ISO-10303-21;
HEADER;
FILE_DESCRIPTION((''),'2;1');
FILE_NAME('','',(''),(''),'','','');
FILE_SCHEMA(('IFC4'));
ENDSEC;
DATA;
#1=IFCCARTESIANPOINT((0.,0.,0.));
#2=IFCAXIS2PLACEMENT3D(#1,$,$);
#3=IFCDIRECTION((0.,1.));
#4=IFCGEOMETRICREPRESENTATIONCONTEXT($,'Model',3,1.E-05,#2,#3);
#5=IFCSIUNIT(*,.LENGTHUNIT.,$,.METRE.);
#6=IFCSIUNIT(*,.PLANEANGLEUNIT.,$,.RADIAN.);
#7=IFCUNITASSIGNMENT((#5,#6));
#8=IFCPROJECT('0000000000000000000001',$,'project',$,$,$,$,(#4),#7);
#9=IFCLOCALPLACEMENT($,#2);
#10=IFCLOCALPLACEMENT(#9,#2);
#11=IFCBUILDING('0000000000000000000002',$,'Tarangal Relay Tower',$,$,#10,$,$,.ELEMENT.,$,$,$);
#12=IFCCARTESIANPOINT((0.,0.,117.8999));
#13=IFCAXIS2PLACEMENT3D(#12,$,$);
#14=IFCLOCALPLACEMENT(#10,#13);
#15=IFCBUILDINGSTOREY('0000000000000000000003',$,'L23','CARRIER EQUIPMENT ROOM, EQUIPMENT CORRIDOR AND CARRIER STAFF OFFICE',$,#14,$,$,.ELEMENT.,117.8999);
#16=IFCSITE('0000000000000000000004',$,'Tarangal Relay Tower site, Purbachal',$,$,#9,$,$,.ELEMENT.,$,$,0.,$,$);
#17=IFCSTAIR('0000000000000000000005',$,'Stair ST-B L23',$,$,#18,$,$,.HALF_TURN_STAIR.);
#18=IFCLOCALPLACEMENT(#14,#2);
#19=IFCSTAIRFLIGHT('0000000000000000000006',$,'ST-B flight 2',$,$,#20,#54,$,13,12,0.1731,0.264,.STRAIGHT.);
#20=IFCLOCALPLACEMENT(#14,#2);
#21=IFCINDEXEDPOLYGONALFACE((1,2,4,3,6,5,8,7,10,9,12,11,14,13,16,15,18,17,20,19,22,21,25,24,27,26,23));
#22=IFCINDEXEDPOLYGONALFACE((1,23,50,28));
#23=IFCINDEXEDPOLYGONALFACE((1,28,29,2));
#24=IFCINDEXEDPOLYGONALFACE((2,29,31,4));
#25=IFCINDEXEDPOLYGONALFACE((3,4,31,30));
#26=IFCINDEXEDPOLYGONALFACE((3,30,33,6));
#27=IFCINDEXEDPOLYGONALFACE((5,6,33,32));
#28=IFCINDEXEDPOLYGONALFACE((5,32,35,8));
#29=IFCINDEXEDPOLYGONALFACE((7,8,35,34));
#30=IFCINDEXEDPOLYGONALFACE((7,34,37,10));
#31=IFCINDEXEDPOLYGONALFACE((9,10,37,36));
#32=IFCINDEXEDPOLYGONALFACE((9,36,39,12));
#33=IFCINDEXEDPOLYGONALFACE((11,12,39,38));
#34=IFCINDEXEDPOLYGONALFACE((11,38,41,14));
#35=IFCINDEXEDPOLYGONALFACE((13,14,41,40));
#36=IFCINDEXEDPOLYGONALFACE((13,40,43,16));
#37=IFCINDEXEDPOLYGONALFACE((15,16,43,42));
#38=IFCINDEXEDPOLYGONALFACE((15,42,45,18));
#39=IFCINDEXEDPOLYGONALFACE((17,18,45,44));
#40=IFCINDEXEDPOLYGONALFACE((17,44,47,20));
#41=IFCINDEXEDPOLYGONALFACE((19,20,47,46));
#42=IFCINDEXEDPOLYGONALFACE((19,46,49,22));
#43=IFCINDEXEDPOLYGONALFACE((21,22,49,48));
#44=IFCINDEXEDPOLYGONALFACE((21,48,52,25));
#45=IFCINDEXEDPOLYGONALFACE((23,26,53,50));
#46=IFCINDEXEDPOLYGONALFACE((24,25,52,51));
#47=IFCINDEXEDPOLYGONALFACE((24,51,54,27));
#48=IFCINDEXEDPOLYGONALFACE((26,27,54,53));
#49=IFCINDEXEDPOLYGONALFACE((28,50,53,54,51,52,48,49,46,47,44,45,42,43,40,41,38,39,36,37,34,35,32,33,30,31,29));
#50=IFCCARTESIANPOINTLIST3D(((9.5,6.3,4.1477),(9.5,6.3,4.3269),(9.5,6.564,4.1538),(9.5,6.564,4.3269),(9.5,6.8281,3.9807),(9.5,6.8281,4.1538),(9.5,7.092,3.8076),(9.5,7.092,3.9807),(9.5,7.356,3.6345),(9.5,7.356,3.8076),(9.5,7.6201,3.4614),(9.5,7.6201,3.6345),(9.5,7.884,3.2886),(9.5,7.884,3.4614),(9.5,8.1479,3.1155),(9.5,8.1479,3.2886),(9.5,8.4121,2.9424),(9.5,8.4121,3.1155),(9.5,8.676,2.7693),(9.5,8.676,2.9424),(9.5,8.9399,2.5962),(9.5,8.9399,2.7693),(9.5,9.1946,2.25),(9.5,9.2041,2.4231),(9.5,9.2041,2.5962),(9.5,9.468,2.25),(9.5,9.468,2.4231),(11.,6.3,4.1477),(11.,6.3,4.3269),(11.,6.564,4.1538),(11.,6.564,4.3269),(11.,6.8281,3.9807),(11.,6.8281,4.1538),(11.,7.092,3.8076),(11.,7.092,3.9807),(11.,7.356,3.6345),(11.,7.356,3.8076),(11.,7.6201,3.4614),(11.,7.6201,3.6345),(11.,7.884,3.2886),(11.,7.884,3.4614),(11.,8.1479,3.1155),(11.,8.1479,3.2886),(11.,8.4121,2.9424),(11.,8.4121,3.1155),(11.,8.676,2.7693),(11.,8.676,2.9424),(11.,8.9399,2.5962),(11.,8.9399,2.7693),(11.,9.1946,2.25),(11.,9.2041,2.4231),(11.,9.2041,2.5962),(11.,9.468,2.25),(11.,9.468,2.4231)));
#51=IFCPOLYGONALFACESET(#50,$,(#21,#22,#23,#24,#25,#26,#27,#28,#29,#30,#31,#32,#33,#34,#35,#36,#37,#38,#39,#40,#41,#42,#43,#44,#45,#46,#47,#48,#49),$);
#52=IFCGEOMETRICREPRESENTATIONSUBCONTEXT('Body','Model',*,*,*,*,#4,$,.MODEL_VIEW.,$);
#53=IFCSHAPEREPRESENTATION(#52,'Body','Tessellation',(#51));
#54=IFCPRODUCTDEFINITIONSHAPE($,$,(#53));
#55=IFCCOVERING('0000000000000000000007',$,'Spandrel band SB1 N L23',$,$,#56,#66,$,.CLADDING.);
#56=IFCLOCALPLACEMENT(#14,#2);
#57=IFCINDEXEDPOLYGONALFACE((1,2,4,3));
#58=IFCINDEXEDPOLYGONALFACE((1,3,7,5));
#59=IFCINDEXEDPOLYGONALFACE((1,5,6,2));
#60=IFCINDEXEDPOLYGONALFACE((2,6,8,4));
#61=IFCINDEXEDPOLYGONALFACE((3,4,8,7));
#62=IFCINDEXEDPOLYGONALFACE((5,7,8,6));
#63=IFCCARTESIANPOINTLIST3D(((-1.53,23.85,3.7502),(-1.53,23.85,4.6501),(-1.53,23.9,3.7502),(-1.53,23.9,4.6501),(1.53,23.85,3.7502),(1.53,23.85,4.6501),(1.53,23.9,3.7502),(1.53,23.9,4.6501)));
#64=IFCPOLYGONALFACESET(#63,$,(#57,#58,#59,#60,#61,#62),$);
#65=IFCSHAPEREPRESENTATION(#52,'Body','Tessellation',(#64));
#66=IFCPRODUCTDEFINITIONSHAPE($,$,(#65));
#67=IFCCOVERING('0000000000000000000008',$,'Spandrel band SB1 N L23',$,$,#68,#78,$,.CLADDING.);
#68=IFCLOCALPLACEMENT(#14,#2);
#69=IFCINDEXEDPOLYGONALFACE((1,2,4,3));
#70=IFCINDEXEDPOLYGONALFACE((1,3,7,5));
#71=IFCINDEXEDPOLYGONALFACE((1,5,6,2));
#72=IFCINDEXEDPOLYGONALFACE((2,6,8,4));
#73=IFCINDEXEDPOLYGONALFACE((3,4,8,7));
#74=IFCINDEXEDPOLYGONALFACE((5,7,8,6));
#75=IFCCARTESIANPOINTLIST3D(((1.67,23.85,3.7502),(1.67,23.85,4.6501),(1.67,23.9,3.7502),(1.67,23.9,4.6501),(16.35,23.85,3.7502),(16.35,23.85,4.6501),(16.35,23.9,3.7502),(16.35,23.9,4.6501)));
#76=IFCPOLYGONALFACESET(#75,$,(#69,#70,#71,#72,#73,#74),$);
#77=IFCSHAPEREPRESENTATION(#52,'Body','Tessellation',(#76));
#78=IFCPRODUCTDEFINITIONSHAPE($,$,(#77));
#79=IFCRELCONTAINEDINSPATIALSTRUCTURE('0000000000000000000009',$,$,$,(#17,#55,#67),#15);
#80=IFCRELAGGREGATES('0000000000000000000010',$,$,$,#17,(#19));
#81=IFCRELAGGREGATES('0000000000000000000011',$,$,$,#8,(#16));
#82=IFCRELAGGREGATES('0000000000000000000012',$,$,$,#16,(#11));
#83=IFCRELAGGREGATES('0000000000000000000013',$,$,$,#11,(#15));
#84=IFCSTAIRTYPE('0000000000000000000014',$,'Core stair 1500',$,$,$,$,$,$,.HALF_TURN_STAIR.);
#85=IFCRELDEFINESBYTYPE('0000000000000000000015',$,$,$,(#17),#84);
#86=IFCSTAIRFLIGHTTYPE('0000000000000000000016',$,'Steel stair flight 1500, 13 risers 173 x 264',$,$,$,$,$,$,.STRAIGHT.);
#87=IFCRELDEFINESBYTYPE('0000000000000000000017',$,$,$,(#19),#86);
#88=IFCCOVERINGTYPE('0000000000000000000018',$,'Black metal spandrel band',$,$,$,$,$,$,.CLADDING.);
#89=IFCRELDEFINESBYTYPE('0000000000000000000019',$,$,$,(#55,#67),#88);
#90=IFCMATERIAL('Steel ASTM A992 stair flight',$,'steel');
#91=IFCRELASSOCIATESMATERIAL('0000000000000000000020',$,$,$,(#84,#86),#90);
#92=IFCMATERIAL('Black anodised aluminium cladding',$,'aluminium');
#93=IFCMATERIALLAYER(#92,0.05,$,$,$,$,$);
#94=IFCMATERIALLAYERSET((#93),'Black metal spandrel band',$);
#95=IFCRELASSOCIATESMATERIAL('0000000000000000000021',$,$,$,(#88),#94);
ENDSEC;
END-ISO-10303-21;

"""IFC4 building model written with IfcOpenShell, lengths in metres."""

from ifc_helpers import new_model, si_unit, direction, frame, origin, origin_2d, place, context, subcontext, project, spatial, polyline, rectangle, outline, extrude, material, layer, layer_set, type_object, element, aggregate, save


model = new_model("IFC4")

# Units and contexts
model_context = context("Model", 3, precision=1e-05, world=origin(), true_north=direction((0.0, 1.0)))
body_context = subcontext(model_context, "Body", "Model", "MODEL_VIEW")
ifc_project = project(units=[si_unit("LENGTHUNIT", "METRE"), si_unit("PLANEANGLEUNIT", "RADIAN")], contexts=[model_context])

# Site, building, storey
site_placement = place(None, origin())
site = spatial("IfcSite", under=ifc_project, at=site_placement, Name="Tarangal Relay Tower site, Purbachal", CompositionType="ELEMENT", RefElevation=0.0)
building_placement = place(site_placement, origin())
building = spatial("IfcBuilding", under=site, at=building_placement, Name="Tarangal Relay Tower", CompositionType="ELEMENT")
storey_placement = place(building_placement, frame((0.0, 0.0, 117.8999)))
storey = spatial("IfcBuildingStorey", under=building, at=storey_placement, Name="L23", Description="CARRIER EQUIPMENT ROOM, EQUIPMENT CORRIDOR AND CARRIER STAFF OFFICE", CompositionType="ELEMENT", Elevation=117.8999)

# Stair
ifc_material_1 = material(Name="Steel ASTM A992 stair flight", Category="steel")
stair_type = type_object("IfcStairType", Name="Core stair 1500", PredefinedType="HALF_TURN_STAIR", material=ifc_material_1)
stair_1_placement = place(storey_placement, origin())
stair_1 = element("IfcStair", 1, at=stair_1_placement, inside=storey, type_object=stair_type, Name="Stair ST-B L23", PredefinedType="HALF_TURN_STAIR")

# Stair flight
stair_flight_type = type_object("IfcStairFlightType", Name="Steel stair flight 1500, 13 risers 173 x 264", PredefinedType="STRAIGHT", material=ifc_material_1)
stair_flight_1_placement = place(storey_placement, frame((10.25, 9.468, 2.25), z_axis=(0.0, 0.0, 1.0), x_axis=(0.0, -1.0, 0.0)))
stair_flight_1 = element("IfcStairFlight", 2, at=stair_flight_1_placement, type_object=stair_flight_type, Name="ST-B flight 2", NumberOfRisers=13, NumberOfTreads=12, PredefinedType="STRAIGHT", RiserHeight=0.1731, TreadLength=0.264, context=body_context, shape_type="SweptSolid", body=[
    extrude(outline(polyline([(0.0, 0.0), (0.0, 0.1731), (0.2639, 0.1731), (0.2639, 0.3462), (0.5281, 0.3462), (0.5281, 0.5193), (0.792, 0.5193), (0.792, 0.6924), (1.0559, 0.6924), (1.0559, 0.8655), (1.3201, 0.8655), (1.3201, 1.0386), (1.584, 1.0386), (1.584, 1.2114), (1.8479, 1.2114), (1.8479, 1.3845), (2.1121, 1.3845), (2.1121, 1.5576), (2.376, 1.5576), (2.376, 1.7307), (2.6399, 1.7307), (2.6399, 1.9038), (2.9041, 1.9038), (2.9041, 2.0769), (3.168, 2.0769), (3.168, 2.25), (3.168, 1.8977), (0.2734, 0.0), (0.0, 0.0)])), frame((0.0, 0.75, 0.0), z_axis=(0.0, -1.0, 0.0), x_axis=(1.0, 0.0, 0.0)), (0.0, 0.0, 1.0), 1.5),
])
aggregate(stair_1, [stair_flight_1])

# Coverings
ifc_material_2 = material(Name="Black anodised aluminium cladding", Category="aluminium")
ifc_layer_1 = layer(ifc_material_2, 0.05)
ifc_layer_set_1 = layer_set([ifc_layer_1], Name="Black metal spandrel band")
covering_type = type_object("IfcCoveringType", Name="Black metal spandrel band", PredefinedType="CLADDING", material=ifc_layer_set_1)
covering_1_placement = place(storey_placement, frame((0.0, 23.875, 3.7502), z_axis=(0.0, 0.0, 1.0), x_axis=(1.0, 0.0, 0.0)))
element("IfcCovering", 3, at=covering_1_placement, inside=storey, type_object=covering_type, Name="Spandrel band SB1 N L23", PredefinedType="CLADDING", context=body_context, shape_type="SweptSolid", body=[
    extrude(rectangle(XDim=3.0601, YDim=0.05, at=origin_2d()), origin(), (0.0, 0.0, 1.0), 0.8999),
])
covering_2_placement = place(storey_placement, frame((9.01, 23.875, 3.7502), z_axis=(0.0, 0.0, 1.0), x_axis=(1.0, 0.0, 0.0)))
element("IfcCovering", 4, at=covering_2_placement, inside=storey, type_object=covering_type, Name="Spandrel band SB1 N L23", PredefinedType="CLADDING", context=body_context, shape_type="SweptSolid", body=[
    extrude(rectangle(XDim=14.6799, YDim=0.05, at=origin_2d()), origin(), (0.0, 0.0, 1.0), 0.8999),
])

save(model, "model.ifc")
